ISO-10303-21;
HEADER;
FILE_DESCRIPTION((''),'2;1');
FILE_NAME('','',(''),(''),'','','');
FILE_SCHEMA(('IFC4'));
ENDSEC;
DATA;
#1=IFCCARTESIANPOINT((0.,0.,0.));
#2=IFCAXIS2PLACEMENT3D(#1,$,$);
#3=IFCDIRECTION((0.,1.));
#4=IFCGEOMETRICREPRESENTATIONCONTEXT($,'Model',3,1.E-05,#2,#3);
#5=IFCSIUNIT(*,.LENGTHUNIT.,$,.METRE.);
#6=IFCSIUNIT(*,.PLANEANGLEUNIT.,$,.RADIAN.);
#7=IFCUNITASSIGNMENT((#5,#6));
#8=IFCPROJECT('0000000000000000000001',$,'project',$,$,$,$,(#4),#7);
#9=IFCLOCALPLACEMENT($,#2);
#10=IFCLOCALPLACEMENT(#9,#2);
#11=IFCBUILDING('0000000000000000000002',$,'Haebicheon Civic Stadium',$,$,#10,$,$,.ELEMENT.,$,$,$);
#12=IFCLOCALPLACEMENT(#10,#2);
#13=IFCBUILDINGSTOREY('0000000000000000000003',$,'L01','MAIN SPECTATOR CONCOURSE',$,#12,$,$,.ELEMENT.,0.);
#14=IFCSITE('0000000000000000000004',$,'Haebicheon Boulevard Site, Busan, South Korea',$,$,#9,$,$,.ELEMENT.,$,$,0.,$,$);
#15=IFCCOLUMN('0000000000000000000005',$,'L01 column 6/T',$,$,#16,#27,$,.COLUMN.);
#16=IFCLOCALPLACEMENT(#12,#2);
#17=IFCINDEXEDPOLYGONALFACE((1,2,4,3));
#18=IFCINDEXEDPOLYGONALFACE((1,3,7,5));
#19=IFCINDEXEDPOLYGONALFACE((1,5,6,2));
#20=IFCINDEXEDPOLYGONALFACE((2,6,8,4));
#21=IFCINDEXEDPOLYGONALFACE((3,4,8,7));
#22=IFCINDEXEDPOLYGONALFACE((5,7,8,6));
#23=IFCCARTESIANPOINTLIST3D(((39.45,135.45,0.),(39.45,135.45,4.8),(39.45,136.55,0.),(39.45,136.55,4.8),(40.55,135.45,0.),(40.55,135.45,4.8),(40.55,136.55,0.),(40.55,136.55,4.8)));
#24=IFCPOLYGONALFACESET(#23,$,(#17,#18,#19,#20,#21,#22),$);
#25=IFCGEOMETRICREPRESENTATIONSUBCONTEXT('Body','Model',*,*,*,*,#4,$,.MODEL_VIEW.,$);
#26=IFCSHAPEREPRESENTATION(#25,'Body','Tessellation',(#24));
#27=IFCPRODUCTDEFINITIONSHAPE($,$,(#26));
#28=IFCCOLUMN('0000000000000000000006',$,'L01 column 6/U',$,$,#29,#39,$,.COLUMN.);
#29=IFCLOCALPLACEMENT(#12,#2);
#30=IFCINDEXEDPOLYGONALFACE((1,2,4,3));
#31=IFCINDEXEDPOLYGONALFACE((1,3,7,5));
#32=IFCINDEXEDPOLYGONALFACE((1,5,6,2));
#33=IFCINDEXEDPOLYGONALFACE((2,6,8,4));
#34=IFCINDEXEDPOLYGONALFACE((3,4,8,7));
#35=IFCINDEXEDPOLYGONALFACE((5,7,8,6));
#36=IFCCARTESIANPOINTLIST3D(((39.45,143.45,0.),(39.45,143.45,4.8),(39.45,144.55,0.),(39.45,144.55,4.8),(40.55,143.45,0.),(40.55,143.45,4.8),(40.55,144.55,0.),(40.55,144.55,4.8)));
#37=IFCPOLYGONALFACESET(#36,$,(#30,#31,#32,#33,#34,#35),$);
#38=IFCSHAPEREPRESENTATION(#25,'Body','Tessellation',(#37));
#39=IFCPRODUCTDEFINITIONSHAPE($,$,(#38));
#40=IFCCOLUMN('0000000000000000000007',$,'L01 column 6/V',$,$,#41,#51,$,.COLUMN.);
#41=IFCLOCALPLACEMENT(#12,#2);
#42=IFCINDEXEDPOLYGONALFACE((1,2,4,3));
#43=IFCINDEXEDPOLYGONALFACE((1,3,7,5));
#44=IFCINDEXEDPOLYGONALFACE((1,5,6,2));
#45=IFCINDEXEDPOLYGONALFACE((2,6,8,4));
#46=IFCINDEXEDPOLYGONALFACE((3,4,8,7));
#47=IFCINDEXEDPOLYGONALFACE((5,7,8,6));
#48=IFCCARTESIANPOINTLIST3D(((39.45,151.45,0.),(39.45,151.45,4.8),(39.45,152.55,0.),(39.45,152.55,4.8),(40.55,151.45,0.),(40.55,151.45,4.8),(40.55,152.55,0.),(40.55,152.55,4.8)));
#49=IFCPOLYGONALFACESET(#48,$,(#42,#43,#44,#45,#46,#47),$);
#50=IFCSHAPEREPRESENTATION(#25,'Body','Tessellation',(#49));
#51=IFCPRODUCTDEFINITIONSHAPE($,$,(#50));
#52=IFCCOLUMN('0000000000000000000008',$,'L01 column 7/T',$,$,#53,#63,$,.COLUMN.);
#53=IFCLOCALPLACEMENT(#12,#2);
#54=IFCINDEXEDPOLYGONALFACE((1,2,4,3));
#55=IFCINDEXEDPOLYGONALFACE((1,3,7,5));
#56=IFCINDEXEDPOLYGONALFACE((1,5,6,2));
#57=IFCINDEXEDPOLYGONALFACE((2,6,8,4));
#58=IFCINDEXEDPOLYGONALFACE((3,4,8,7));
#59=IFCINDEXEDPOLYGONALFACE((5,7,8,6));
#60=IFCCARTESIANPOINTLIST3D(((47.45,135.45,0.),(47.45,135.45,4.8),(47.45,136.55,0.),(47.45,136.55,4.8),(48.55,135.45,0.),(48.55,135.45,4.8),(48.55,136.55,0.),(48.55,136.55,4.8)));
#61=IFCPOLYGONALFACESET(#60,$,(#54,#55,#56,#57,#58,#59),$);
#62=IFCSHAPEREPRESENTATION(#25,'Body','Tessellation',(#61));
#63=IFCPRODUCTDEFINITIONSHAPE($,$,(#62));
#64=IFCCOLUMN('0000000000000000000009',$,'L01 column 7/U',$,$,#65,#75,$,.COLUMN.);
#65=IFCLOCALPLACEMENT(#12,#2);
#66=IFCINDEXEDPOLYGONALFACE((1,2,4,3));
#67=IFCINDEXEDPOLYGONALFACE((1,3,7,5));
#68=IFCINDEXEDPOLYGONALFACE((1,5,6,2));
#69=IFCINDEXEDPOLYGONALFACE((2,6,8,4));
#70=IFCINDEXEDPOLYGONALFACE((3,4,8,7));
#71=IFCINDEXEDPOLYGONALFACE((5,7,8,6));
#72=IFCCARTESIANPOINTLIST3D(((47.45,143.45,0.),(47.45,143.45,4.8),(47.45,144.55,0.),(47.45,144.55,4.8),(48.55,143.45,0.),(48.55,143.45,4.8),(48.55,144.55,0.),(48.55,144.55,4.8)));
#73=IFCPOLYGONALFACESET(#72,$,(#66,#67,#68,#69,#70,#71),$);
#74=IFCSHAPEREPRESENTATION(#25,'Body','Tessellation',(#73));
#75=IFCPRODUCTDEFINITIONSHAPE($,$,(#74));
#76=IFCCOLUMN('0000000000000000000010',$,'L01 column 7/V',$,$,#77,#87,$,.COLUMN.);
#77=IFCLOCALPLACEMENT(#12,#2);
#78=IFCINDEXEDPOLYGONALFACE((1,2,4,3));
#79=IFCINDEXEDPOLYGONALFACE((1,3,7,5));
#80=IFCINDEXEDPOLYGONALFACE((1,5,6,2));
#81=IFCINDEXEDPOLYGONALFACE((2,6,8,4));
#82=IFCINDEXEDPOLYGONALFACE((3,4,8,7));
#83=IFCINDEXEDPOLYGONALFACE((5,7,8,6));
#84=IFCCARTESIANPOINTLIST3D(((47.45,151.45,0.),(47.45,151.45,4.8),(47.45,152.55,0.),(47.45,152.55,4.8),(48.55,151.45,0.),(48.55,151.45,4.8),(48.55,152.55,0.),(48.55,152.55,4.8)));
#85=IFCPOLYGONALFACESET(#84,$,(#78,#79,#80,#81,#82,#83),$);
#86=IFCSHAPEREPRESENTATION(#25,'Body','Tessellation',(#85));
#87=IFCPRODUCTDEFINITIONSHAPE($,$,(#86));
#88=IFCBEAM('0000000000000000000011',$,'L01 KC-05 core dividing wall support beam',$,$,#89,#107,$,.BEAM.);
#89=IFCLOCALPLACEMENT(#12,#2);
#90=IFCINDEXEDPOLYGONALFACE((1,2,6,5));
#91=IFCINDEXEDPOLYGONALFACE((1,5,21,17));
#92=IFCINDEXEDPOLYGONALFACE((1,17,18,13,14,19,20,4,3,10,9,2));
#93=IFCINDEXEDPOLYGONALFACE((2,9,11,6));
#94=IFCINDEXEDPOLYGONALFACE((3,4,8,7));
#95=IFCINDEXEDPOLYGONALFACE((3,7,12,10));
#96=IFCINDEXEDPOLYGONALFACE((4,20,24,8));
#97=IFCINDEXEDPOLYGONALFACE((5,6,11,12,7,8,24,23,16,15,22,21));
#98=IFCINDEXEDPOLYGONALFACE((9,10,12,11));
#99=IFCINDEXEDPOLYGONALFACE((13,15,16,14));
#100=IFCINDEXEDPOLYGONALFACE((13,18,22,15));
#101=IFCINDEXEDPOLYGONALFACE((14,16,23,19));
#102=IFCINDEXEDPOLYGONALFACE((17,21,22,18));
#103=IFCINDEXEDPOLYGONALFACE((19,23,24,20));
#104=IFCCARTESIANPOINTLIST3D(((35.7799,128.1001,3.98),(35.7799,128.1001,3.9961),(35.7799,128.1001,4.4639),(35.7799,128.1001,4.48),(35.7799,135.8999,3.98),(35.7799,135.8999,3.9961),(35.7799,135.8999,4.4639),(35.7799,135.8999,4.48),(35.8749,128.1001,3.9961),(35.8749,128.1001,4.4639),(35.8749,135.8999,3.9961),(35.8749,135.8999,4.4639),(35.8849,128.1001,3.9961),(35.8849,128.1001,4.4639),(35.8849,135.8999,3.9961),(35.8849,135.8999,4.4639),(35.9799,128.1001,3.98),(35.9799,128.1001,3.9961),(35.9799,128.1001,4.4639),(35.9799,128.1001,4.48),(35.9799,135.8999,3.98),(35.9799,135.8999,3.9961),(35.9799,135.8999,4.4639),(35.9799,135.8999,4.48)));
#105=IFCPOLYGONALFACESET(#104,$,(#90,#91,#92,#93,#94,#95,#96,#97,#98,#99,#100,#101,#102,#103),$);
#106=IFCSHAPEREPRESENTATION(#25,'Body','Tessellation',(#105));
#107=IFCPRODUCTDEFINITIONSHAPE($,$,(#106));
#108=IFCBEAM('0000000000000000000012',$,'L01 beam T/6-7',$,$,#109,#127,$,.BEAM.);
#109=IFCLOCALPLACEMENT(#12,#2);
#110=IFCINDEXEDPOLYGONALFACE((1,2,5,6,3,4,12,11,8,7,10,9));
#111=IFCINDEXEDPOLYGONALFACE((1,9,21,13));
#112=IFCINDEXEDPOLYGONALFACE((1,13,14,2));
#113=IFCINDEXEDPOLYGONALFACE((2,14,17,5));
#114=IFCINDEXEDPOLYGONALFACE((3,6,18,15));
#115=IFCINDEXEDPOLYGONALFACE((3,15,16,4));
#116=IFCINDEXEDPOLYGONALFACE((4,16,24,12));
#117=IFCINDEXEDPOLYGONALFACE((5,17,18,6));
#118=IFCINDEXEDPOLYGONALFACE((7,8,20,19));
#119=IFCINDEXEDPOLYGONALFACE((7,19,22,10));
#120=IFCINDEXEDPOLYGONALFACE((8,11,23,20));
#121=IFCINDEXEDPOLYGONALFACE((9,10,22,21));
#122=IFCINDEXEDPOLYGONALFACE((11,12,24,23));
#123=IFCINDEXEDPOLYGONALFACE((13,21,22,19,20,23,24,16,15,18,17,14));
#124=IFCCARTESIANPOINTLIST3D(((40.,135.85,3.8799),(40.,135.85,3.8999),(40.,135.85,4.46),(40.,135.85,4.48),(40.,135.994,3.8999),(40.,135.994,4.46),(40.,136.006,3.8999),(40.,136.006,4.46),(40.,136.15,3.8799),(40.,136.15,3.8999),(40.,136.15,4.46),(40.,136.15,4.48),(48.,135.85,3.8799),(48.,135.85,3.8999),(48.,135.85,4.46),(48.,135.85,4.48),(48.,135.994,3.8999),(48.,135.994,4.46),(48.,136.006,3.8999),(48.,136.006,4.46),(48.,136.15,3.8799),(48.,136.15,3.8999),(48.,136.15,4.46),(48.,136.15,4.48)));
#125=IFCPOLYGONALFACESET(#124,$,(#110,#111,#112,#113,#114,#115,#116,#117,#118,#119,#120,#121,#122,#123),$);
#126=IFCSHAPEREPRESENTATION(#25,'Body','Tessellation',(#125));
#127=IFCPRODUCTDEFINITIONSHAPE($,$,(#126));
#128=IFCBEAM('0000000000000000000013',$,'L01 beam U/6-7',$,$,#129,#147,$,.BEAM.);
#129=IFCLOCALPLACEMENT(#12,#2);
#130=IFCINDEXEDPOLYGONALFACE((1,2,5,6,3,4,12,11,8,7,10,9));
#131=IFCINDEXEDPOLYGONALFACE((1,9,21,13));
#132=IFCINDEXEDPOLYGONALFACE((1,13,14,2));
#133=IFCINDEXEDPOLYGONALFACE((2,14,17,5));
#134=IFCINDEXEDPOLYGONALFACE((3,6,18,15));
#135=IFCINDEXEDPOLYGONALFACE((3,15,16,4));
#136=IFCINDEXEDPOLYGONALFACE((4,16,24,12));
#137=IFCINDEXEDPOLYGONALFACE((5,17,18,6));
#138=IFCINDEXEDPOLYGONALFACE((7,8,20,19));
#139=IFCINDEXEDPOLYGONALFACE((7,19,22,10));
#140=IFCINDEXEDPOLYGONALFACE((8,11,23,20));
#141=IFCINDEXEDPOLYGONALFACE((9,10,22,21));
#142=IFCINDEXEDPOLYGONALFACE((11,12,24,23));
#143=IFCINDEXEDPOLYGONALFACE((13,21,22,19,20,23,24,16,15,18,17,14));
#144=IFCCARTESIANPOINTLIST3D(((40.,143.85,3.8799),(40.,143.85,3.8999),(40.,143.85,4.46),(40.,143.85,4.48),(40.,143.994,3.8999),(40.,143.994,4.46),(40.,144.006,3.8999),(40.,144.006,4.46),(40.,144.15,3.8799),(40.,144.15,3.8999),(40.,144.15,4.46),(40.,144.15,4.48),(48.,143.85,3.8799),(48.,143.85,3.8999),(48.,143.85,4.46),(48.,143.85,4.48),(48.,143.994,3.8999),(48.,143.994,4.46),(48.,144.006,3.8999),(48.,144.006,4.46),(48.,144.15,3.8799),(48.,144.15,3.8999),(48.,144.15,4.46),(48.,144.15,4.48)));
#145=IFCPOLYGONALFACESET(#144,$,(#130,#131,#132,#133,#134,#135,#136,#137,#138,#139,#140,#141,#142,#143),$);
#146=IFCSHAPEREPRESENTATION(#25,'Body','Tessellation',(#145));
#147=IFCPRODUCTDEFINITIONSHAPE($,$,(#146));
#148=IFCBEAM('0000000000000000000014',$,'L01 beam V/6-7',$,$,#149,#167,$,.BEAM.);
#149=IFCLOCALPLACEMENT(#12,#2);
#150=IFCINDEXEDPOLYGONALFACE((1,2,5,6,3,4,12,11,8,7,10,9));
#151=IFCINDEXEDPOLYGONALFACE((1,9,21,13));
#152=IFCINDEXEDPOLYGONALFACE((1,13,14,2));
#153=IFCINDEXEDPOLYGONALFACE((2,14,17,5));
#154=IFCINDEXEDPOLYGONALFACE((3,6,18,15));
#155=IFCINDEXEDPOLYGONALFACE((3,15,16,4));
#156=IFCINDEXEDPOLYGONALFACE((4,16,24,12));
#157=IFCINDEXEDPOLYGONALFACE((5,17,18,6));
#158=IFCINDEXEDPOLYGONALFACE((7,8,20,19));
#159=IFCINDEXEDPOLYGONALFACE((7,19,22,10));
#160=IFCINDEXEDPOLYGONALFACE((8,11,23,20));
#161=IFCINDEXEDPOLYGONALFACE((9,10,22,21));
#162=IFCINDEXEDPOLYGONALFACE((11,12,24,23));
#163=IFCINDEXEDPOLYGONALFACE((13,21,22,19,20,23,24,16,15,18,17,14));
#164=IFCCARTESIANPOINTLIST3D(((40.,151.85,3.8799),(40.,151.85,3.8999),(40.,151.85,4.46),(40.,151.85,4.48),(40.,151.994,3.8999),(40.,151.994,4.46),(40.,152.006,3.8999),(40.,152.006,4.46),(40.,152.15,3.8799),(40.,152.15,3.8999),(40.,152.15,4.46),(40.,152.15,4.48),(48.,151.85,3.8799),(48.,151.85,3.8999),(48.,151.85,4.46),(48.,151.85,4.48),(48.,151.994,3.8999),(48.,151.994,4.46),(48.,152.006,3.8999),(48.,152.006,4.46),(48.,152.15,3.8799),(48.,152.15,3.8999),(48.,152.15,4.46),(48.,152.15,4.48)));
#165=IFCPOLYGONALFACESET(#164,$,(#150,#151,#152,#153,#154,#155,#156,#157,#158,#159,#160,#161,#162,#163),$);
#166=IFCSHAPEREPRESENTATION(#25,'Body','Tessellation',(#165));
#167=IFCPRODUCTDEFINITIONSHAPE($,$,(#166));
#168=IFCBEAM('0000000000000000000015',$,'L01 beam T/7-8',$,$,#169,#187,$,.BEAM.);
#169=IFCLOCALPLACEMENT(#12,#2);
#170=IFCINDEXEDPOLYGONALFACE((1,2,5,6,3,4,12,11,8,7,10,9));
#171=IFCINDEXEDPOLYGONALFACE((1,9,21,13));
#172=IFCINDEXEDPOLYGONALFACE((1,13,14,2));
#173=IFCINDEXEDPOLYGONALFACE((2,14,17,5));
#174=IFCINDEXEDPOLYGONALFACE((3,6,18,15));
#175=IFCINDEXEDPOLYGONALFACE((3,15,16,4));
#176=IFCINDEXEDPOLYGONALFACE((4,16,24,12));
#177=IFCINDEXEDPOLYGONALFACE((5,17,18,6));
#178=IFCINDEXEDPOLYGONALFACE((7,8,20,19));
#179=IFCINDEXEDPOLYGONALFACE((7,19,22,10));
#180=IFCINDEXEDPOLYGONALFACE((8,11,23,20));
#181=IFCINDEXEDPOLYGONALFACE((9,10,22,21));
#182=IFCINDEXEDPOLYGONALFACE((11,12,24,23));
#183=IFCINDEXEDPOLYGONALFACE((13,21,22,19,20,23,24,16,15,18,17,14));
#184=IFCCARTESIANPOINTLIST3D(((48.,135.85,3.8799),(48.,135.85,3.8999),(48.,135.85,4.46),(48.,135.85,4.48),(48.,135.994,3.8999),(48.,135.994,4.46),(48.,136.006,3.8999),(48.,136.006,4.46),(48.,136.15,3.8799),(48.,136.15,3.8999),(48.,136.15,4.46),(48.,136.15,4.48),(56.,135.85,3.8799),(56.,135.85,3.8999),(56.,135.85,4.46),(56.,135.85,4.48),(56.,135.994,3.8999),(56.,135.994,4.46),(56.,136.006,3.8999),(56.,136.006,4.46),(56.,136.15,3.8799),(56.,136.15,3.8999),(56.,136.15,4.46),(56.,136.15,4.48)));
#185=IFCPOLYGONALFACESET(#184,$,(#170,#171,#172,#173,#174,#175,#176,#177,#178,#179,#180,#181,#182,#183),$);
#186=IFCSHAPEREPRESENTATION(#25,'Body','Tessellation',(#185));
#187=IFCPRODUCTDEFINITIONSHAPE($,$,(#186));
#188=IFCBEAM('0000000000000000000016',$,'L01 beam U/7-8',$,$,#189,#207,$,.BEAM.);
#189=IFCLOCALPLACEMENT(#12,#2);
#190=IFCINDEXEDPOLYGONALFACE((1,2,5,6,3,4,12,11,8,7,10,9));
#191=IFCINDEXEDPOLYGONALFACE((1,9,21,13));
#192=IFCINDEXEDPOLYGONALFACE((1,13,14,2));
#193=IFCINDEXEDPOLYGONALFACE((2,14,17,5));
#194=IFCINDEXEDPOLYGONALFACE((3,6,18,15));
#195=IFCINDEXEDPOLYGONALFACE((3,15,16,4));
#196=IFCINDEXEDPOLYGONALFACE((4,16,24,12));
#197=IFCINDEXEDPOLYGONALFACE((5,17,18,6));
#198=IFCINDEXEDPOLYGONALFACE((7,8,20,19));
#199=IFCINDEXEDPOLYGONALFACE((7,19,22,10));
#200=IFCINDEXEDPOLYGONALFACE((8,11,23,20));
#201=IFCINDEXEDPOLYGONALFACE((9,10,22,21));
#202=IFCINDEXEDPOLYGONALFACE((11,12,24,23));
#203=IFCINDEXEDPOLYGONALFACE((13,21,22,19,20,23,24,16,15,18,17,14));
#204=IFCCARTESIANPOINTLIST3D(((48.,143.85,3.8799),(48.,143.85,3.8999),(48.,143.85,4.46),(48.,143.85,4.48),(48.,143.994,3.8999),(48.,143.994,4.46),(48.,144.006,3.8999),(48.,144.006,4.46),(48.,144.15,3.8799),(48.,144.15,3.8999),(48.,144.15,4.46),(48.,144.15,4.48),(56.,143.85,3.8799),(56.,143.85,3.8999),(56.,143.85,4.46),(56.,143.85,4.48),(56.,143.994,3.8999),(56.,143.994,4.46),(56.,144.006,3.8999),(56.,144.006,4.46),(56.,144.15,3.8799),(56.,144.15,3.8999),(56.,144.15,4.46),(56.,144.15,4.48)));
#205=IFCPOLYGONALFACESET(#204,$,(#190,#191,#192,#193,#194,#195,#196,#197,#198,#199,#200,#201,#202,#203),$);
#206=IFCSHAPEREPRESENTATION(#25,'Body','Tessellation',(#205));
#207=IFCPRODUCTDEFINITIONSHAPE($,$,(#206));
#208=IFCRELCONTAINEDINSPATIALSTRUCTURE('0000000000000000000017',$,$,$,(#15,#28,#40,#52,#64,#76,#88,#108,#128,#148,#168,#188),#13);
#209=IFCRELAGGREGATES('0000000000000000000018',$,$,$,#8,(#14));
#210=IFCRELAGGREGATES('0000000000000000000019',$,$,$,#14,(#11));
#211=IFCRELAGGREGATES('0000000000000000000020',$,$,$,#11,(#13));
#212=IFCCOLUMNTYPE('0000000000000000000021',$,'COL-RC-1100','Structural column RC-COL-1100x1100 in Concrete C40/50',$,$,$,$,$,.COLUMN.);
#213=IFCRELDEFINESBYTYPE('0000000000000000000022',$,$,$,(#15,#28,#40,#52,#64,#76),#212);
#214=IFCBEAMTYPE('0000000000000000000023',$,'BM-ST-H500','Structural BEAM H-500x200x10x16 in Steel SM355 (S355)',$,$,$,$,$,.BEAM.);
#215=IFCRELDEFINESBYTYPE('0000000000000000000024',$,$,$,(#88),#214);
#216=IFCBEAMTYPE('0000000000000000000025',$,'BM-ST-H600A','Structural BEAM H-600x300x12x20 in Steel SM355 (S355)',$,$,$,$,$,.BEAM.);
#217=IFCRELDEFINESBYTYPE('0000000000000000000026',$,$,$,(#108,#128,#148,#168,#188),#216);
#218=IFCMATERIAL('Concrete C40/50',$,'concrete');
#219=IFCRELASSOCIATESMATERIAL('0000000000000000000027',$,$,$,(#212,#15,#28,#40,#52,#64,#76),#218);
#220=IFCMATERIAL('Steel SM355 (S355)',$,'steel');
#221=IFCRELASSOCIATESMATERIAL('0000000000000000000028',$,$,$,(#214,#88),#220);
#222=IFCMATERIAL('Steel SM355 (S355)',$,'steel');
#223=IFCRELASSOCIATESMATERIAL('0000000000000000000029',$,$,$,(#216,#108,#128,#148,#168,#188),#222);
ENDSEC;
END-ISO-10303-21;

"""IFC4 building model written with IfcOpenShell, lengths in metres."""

from ifc_helpers import new_model, si_unit, direction, frame, origin, origin_2d, place, context, subcontext, project, spatial, rectangle, i_section, extrude, material, material_profile, profile_set, type_object, element, save


model = new_model("IFC4")

# Units and contexts
model_context = context("Model", 3, precision=1e-05, world=origin(), true_north=direction((0.0, 1.0)))
body_context = subcontext(model_context, "Body", "Model", "MODEL_VIEW")
ifc_project = project(units=[si_unit("LENGTHUNIT", "METRE"), si_unit("PLANEANGLEUNIT", "RADIAN")], contexts=[model_context])

# Site, building, storey
site_placement = place(None, origin())
site = spatial("IfcSite", under=ifc_project, at=site_placement, Name="Haebicheon Boulevard Site, Busan, South Korea", CompositionType="ELEMENT", RefElevation=0.0)
building_placement = place(site_placement, origin())
building = spatial("IfcBuilding", under=site, at=building_placement, Name="Haebicheon Civic Stadium", CompositionType="ELEMENT")
storey_placement = place(building_placement, origin())
storey = spatial("IfcBuildingStorey", under=building, at=storey_placement, Name="L01", Description="MAIN SPECTATOR CONCOURSE", CompositionType="ELEMENT", Elevation=0.0)

# Columns
ifc_material_1 = material(Name="Concrete C40/50", Category="concrete")
ifc_material_profile_1 = material_profile(ifc_material_1, rectangle(XDim=1.1001, YDim=1.1001, at=origin_2d()), Name="RC-COL-1100x1100")
ifc_profile_set_1 = profile_set([ifc_material_profile_1], Name="Concrete C40/50")
column_type = type_object("IfcColumnType", Name="COL-RC-1100", Description="Structural column RC-COL-1100x1100 in Concrete C40/50", PredefinedType="COLUMN", material=ifc_profile_set_1)
for number, where, z_axis, x_axis, name in (
    (1, (40.0, 136.0, 0.0), (0.0, 0.0, 1.0), (1.0, 0.0, 0.0), "L01 column 6/T"),
    (2, (40.0, 144.0, 0.0), (0.0, 0.0, 1.0), (1.0, 0.0, 0.0), "L01 column 6/U"),
    (3, (40.0, 152.0, 0.0), (0.0, 0.0, 1.0), (1.0, 0.0, 0.0), "L01 column 6/V"),
    (4, (48.0, 136.0, 0.0), (0.0, 0.0, 1.0), (1.0, 0.0, 0.0), "L01 column 7/T"),
    (5, (48.0, 144.0, 0.0), (0.0, 0.0, 1.0), (1.0, 0.0, 0.0), "L01 column 7/U"),
    (6, (48.0, 152.0, 0.0), (0.0, 0.0, 1.0), (1.0, 0.0, 0.0), "L01 column 7/V"),
):
    element("IfcColumn", number, at=place(storey_placement, frame(where, z_axis=z_axis, x_axis=x_axis)), inside=storey, type_object=column_type, material=ifc_profile_set_1, Name=name, PredefinedType="COLUMN", context=body_context, shape_type="SweptSolid", body=[
        extrude(rectangle(XDim=1.1001, YDim=1.1001, at=origin_2d()), origin(), (0.0, 0.0, 1.0), 4.8),
    ])

# Beams
ifc_material_2 = material(Name="Steel SM355 (S355)", Category="steel")
ifc_material_profile_2 = material_profile(ifc_material_2, i_section(OverallWidth=0.2, OverallDepth=0.5, WebThickness=0.01, FlangeThickness=0.0161, at=origin_2d()), Name="H-500x200x10x16")
ifc_profile_set_2 = profile_set([ifc_material_profile_2], Name="Steel SM355 (S355)")
beam_type_1 = type_object("IfcBeamType", Name="BM-ST-H500", Description="Structural BEAM H-500x200x10x16 in Steel SM355 (S355)", PredefinedType="BEAM", material=ifc_profile_set_2)
beam_placement = place(storey_placement, frame((35.8799, 128.1001, 4.23), z_axis=(0.0, 1.0, 0.0), x_axis=(-1.0, 0.0, 0.0)))
element("IfcBeam", 7, at=beam_placement, inside=storey, type_object=beam_type_1, material=ifc_profile_set_2, Name="L01 KC-05 core dividing wall support beam", PredefinedType="BEAM", context=body_context, shape_type="SweptSolid", body=[
    extrude(i_section(OverallWidth=0.2, OverallDepth=0.5, WebThickness=0.01, FlangeThickness=0.0161, at=origin_2d()), origin(), (0.0, 0.0, 1.0), 7.7998),
])
ifc_material_3 = material(Name="Steel SM355 (S355)", Category="steel")
ifc_material_profile_3 = material_profile(ifc_material_3, i_section(OverallWidth=0.3, OverallDepth=0.6001, WebThickness=0.012, FlangeThickness=0.02, at=origin_2d()), Name="H-600x300x12x20")
ifc_profile_set_3 = profile_set([ifc_material_profile_3], Name="Steel SM355 (S355)")
beam_type_2 = type_object("IfcBeamType", Name="BM-ST-H600A", Description="Structural BEAM H-600x300x12x20 in Steel SM355 (S355)", PredefinedType="BEAM", material=ifc_profile_set_3)
for number, where, z_axis, x_axis, name in (
    (8, (40.0, 136.0, 4.1799), (1.0, 0.0, 0.0), (0.0, 1.0, 0.0), "L01 beam T/6-7"),
    (9, (40.0, 144.0, 4.1799), (1.0, 0.0, 0.0), (0.0, 1.0, 0.0), "L01 beam U/6-7"),
    (10, (40.0, 152.0, 4.1799), (1.0, 0.0, 0.0), (0.0, 1.0, 0.0), "L01 beam V/6-7"),
    (11, (48.0, 136.0, 4.1799), (1.0, 0.0, 0.0), (0.0, 1.0, 0.0), "L01 beam T/7-8"),
    (12, (48.0, 144.0, 4.1799), (1.0, 0.0, 0.0), (0.0, 1.0, 0.0), "L01 beam U/7-8"),
):
    element("IfcBeam", number, at=place(storey_placement, frame(where, z_axis=z_axis, x_axis=x_axis)), inside=storey, type_object=beam_type_2, material=ifc_profile_set_3, Name=name, PredefinedType="BEAM", context=body_context, shape_type="SweptSolid", body=[
        extrude(i_section(OverallWidth=0.3, OverallDepth=0.6001, WebThickness=0.012, FlangeThickness=0.02, at=origin_2d()), origin(), (0.0, 0.0, 1.0), 8.0),
    ])

save(model, "model.ifc")
